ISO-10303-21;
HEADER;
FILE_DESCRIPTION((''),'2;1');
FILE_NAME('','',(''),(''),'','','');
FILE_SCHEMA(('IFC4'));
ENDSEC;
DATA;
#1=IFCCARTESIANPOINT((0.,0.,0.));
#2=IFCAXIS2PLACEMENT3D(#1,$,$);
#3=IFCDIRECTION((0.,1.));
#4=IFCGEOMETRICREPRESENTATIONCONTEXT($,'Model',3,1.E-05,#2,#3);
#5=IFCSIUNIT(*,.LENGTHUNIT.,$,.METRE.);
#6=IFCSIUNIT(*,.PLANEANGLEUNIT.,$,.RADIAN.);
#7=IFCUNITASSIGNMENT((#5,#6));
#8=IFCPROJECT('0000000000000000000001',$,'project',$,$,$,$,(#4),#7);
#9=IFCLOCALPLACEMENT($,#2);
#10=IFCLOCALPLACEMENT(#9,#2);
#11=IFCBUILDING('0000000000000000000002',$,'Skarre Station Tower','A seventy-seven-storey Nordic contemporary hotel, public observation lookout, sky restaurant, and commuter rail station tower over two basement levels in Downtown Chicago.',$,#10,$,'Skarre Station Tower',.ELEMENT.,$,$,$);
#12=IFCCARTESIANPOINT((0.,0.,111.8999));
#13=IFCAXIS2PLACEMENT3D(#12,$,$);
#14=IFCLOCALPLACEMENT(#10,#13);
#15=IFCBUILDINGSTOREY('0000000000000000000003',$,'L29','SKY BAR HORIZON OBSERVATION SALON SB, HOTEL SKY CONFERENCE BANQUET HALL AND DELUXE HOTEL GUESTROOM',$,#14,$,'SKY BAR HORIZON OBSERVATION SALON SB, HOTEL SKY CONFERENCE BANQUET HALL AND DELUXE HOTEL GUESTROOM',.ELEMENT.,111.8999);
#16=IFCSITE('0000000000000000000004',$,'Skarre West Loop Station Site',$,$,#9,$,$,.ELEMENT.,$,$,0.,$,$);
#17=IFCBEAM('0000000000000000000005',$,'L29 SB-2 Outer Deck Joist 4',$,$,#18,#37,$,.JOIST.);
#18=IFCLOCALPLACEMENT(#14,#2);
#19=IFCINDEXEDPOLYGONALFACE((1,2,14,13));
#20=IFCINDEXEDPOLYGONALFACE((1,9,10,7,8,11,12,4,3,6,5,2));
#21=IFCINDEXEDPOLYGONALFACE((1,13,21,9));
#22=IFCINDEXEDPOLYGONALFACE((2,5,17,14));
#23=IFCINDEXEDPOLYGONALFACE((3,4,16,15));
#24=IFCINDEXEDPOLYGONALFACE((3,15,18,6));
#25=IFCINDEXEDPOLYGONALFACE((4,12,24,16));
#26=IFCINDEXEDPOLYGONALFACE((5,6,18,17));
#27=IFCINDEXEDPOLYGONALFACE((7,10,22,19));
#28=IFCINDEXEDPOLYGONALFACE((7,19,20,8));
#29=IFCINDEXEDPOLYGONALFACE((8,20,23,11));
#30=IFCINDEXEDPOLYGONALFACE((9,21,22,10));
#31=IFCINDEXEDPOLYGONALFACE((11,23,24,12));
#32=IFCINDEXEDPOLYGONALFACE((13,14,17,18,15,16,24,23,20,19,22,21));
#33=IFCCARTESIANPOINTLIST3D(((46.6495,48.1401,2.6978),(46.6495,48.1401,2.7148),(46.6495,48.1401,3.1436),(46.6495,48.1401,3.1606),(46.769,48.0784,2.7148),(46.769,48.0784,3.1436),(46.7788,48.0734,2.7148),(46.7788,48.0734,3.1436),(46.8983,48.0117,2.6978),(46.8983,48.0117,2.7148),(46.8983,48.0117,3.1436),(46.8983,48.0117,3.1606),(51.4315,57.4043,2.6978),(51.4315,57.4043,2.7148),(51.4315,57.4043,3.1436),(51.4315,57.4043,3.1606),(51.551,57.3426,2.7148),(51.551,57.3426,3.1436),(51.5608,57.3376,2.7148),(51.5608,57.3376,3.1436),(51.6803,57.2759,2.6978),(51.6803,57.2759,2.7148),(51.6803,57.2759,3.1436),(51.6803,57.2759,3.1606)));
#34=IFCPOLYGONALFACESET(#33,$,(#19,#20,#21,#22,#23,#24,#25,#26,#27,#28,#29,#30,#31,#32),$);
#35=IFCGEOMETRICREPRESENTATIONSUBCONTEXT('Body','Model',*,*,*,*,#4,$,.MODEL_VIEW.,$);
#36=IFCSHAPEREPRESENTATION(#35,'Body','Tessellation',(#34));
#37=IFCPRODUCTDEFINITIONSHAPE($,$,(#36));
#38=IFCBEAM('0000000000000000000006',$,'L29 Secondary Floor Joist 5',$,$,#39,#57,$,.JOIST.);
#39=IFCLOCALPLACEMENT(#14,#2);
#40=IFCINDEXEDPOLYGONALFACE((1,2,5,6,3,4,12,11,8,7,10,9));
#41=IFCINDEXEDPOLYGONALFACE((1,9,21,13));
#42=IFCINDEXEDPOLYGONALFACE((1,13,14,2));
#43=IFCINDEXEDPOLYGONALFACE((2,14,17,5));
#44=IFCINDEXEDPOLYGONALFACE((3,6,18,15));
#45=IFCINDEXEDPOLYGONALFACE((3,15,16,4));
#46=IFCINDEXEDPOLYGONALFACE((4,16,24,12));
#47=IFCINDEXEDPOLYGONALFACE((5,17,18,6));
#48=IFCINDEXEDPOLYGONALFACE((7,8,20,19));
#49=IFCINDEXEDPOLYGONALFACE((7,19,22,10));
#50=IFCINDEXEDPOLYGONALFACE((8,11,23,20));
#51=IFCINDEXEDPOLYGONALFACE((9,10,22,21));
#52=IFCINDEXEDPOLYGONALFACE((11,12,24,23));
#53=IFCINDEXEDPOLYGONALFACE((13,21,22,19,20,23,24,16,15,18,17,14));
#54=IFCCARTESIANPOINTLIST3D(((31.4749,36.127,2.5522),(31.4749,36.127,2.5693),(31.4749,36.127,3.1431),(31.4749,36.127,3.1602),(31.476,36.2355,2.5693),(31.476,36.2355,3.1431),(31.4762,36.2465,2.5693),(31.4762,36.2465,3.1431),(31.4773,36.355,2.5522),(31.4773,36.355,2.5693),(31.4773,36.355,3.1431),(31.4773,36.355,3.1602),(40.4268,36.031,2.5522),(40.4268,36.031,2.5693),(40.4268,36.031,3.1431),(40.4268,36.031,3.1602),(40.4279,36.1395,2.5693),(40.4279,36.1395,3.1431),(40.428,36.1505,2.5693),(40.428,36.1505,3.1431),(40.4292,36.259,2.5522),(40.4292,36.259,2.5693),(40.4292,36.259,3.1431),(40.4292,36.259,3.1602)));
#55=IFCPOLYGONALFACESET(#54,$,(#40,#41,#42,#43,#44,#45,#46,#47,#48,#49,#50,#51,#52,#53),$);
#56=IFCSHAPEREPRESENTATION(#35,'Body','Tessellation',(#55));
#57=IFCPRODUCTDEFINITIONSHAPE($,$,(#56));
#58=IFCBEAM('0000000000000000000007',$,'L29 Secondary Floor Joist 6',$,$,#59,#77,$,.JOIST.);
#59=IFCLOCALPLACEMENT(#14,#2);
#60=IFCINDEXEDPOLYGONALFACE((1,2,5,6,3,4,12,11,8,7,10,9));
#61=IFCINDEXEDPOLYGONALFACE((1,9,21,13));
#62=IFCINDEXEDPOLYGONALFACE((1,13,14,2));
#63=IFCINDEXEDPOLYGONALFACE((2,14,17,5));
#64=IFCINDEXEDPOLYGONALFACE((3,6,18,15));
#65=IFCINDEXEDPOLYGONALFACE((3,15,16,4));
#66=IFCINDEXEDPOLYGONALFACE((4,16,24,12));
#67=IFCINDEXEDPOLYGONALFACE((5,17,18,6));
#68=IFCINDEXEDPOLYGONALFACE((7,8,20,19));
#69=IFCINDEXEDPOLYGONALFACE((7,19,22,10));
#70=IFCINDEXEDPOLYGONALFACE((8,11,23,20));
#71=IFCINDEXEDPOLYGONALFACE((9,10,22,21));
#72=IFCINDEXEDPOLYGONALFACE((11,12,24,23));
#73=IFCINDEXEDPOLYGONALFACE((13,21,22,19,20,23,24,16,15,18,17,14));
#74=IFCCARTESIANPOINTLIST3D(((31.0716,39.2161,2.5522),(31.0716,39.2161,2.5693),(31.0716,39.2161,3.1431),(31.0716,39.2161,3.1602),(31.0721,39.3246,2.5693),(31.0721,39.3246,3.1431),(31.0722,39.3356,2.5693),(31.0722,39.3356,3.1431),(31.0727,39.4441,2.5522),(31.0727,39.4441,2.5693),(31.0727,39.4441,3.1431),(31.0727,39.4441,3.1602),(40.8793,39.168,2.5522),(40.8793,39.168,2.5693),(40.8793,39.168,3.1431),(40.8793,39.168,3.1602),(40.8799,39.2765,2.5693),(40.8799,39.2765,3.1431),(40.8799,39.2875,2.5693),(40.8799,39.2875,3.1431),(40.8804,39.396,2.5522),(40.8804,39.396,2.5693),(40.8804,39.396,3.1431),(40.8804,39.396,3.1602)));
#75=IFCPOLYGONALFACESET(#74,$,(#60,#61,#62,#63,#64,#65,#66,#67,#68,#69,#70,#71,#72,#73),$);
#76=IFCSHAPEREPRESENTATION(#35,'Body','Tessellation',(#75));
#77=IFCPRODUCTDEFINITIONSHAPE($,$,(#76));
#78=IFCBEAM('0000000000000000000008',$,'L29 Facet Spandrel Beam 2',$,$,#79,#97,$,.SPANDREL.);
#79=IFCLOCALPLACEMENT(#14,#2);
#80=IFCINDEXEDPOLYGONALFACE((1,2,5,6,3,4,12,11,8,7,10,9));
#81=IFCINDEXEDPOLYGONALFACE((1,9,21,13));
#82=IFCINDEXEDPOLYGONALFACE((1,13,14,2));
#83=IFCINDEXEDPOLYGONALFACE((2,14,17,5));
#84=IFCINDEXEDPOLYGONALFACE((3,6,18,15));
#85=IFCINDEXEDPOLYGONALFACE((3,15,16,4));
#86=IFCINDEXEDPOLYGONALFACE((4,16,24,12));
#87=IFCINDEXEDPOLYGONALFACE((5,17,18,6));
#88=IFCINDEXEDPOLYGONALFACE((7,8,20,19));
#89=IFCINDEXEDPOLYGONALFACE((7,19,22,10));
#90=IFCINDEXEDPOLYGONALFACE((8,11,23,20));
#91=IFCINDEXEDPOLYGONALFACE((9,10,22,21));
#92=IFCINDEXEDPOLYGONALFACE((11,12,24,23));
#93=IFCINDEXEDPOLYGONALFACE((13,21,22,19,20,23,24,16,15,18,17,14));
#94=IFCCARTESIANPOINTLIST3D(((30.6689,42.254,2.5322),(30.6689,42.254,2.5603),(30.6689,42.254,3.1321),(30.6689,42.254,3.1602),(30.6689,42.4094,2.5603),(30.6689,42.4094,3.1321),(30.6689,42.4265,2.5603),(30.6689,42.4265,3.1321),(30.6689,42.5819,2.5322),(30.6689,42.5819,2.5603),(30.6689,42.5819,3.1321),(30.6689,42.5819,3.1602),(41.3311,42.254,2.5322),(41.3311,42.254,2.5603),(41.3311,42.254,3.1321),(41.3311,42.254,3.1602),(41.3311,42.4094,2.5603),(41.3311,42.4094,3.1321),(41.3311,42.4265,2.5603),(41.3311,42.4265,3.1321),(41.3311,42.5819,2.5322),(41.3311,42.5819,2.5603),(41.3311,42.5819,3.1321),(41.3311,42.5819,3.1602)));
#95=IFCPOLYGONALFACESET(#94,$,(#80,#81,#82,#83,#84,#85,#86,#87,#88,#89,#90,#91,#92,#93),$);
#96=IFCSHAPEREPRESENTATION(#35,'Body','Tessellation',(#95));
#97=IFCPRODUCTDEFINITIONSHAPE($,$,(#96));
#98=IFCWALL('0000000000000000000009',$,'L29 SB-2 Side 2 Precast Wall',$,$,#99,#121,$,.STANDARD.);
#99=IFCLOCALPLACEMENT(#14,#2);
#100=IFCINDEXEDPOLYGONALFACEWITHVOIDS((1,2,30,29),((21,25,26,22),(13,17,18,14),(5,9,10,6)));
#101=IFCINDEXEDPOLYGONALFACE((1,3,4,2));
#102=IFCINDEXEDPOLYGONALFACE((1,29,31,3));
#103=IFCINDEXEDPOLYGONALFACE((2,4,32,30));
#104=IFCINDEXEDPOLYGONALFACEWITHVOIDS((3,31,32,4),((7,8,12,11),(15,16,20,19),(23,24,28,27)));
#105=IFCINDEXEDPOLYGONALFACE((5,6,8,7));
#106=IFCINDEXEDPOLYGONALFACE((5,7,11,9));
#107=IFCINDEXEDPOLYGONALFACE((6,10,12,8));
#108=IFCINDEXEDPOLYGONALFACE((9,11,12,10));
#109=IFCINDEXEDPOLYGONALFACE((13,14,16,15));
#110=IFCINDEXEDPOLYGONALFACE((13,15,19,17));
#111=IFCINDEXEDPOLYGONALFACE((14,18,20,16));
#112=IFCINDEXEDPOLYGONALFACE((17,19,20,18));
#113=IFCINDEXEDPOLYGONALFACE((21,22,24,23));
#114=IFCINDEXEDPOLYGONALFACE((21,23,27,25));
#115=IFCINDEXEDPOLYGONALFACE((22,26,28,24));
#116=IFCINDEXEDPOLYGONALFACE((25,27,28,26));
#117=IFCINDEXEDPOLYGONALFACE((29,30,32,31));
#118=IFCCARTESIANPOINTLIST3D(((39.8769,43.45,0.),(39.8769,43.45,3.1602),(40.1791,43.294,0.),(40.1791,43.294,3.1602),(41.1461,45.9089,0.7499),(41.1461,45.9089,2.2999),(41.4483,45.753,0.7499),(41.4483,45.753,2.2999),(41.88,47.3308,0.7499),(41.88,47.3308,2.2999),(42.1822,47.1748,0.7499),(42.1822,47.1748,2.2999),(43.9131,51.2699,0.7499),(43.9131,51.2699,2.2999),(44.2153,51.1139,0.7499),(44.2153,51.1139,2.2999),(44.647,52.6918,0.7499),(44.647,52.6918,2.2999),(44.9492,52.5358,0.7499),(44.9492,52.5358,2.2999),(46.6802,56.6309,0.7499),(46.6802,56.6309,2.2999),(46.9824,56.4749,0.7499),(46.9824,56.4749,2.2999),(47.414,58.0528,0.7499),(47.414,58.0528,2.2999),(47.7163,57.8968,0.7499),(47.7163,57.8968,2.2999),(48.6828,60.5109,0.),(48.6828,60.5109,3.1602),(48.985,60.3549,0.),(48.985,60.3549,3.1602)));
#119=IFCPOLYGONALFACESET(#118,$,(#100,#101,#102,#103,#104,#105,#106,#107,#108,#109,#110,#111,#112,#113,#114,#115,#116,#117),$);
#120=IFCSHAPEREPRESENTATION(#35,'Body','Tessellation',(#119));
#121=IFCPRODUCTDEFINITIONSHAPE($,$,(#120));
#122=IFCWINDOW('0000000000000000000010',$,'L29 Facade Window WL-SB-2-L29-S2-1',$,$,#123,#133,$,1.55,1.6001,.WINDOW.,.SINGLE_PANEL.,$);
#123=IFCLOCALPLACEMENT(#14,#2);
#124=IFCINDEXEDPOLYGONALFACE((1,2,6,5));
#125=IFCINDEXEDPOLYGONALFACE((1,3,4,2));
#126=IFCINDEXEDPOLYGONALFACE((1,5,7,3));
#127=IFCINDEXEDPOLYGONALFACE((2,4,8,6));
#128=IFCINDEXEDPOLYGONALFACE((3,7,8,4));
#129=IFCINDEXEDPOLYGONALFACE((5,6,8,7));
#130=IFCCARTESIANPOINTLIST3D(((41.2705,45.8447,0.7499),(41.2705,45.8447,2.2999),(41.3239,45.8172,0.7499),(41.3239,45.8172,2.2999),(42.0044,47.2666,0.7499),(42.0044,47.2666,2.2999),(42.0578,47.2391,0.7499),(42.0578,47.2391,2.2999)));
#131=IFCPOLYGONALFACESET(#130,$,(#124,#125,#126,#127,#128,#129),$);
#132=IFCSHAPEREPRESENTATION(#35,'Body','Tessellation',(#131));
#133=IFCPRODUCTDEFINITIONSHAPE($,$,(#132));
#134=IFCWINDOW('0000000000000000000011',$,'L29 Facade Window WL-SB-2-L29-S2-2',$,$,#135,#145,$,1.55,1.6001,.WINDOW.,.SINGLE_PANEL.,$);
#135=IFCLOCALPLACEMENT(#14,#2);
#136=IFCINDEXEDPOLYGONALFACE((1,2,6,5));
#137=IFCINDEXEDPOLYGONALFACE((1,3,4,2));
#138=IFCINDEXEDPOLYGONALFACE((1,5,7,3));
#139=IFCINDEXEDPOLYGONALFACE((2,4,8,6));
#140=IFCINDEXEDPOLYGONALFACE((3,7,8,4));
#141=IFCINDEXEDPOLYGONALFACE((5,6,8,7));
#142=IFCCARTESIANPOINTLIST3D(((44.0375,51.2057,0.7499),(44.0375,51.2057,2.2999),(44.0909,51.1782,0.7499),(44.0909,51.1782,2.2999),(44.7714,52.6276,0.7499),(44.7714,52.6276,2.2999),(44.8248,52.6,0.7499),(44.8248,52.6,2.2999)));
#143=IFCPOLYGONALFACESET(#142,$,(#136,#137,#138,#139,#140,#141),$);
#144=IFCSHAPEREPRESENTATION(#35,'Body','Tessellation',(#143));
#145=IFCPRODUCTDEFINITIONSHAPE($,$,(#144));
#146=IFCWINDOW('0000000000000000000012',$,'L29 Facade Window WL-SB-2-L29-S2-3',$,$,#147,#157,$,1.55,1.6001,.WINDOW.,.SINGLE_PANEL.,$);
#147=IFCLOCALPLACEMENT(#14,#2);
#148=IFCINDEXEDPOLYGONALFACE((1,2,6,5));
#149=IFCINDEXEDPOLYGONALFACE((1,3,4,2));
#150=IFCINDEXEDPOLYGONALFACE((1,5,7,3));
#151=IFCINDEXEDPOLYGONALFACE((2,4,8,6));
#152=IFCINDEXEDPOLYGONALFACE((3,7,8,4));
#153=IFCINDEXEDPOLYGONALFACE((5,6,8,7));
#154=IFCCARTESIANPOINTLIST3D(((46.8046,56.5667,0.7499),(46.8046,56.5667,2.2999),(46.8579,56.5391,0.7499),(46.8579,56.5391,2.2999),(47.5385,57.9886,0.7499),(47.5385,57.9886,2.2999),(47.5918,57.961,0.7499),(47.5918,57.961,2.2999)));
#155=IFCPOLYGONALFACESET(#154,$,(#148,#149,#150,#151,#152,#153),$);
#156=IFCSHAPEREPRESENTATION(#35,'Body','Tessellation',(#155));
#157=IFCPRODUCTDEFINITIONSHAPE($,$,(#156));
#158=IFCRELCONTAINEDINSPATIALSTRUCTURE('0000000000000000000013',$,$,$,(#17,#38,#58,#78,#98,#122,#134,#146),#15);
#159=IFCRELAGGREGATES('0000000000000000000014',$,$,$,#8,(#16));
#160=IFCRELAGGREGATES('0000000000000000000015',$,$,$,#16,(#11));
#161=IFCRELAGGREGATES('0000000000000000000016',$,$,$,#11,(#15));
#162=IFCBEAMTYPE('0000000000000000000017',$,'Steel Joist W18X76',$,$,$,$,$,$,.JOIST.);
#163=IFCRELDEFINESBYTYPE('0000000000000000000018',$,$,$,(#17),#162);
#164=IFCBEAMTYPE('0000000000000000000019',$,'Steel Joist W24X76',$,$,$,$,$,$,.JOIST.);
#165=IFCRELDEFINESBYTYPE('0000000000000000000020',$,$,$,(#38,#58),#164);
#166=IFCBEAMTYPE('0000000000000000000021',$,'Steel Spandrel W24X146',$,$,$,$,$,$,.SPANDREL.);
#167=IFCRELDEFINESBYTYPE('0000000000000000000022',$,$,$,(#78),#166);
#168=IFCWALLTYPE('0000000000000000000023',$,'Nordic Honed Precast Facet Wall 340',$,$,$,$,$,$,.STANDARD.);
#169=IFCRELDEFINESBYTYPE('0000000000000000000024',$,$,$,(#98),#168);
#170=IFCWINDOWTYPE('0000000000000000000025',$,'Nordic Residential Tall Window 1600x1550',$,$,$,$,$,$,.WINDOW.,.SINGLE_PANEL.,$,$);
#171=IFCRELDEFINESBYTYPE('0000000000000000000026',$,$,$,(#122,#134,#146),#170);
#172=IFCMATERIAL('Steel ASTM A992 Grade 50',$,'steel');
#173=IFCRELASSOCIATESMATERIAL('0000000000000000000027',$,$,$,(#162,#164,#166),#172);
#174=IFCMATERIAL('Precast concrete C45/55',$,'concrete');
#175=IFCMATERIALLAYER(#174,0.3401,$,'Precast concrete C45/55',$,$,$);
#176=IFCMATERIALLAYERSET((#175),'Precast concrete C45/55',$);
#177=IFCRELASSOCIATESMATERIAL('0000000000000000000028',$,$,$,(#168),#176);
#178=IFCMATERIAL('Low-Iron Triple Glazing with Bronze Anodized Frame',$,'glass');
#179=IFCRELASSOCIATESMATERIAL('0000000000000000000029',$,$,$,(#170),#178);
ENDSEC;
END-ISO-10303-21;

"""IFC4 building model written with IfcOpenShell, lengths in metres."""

from ifc_helpers import new_model, si_unit, direction, frame, frame_2d, origin, origin_2d, place, context, subcontext, project, spatial, rectangle, i_section, extrude, material, layer, layer_set, material_profile, profile_set, type_object, element, fill, save


model = new_model("IFC4")

# Units and contexts
model_context = context("Model", 3, precision=1e-05, world=origin(), true_north=direction((0.0, 1.0)))
body_context = subcontext(model_context, "Body", "Model", "MODEL_VIEW")
ifc_project = project(units=[si_unit("LENGTHUNIT", "METRE"), si_unit("PLANEANGLEUNIT", "RADIAN")], contexts=[model_context])

# Site, building, storey
site_placement = place(None, origin())
site = spatial("IfcSite", under=ifc_project, at=site_placement, Name="Skarre West Loop Station Site", CompositionType="ELEMENT", RefElevation=0.0)
building_placement = place(site_placement, origin())
building = spatial("IfcBuilding", under=site, at=building_placement, Name="Skarre Station Tower", Description="A seventy-seven-storey Nordic contemporary hotel, public observation lookout, sky restaurant, and commuter rail station tower over two basement levels in Downtown Chicago.", LongName="Skarre Station Tower", CompositionType="ELEMENT")
storey_placement = place(building_placement, frame((0.0, 0.0, 111.8999)))
storey = spatial("IfcBuildingStorey", under=building, at=storey_placement, Name="L29", Description="SKY BAR HORIZON OBSERVATION SALON SB, HOTEL SKY CONFERENCE BANQUET HALL AND DELUXE HOTEL GUESTROOM", LongName="SKY BAR HORIZON OBSERVATION SALON SB, HOTEL SKY CONFERENCE BANQUET HALL AND DELUXE HOTEL GUESTROOM", CompositionType="ELEMENT", Elevation=111.8999)

# Beams
ifc_material_1 = material(Name="Steel ASTM A992 Grade 50", Category="steel")
ifc_material_profile_1 = material_profile(ifc_material_1, i_section(OverallWidth=0.28, OverallDepth=0.4629, WebThickness=0.011, FlangeThickness=0.0171, at=origin_2d()), Name="Steel ASTM A992 Grade 50")
ifc_profile_set_1 = profile_set([ifc_material_profile_1], Name="Steel ASTM A992 Grade 50")
beam_type_1 = type_object("IfcBeamType", Name="Steel Joist W18X76", PredefinedType="JOIST", material=ifc_profile_set_1)
beam_1_placement = place(storey_placement, frame((46.7739, 48.0759, 2.9292), z_axis=(0.458679, 0.888602, 0.0), x_axis=(-0.888602, 0.458679, 0.0)))
element("IfcBeam", 1, at=beam_1_placement, inside=storey, type_object=beam_type_1, Name="L29 SB-2 Outer Deck Joist 4", PredefinedType="JOIST", context=body_context, shape_type="SweptSolid", body=[
    extrude(i_section(OverallWidth=0.28, OverallDepth=0.4629, WebThickness=0.011, FlangeThickness=0.0171, at=origin_2d()), origin(), (0.0, 0.0, 1.0), 10.4255),
])
ifc_material_profile_2 = material_profile(ifc_material_1, i_section(OverallWidth=0.228, OverallDepth=0.6079, WebThickness=0.011, FlangeThickness=0.0171, at=origin_2d()), Name="Steel ASTM A992 Grade 50")
ifc_profile_set_2 = profile_set([ifc_material_profile_2], Name="Steel ASTM A992 Grade 50")
beam_type_2 = type_object("IfcBeamType", Name="Steel Joist W24X76", PredefinedType="JOIST", material=ifc_profile_set_2)
beam_2_placement = place(storey_placement, frame((40.428, 36.145, 2.8562), z_axis=(-0.999943, 0.010717, 0.0), x_axis=(-0.010717, -0.999943, 0.0)))
element("IfcBeam", 2, at=beam_2_placement, inside=storey, type_object=beam_type_2, Name="L29 Secondary Floor Joist 5", PredefinedType="JOIST", context=body_context, shape_type="SweptSolid", body=[
    extrude(i_section(OverallWidth=0.228, OverallDepth=0.6079, WebThickness=0.011, FlangeThickness=0.0171, at=origin_2d()), origin(), (0.0, 0.0, 1.0), 8.9524),
])
beam_3_placement = place(storey_placement, frame((40.8799, 39.282, 2.8562), z_axis=(-0.999988, 0.004904, 0.0), x_axis=(-0.004904, -0.999988, 0.0)))
element("IfcBeam", 3, at=beam_3_placement, inside=storey, type_object=beam_type_2, Name="L29 Secondary Floor Joist 6", PredefinedType="JOIST", context=body_context, shape_type="SweptSolid", body=[
    extrude(i_section(OverallWidth=0.228, OverallDepth=0.6079, WebThickness=0.011, FlangeThickness=0.0171, at=origin_2d()), origin(), (0.0, 0.0, 1.0), 9.8079),
])
ifc_material_profile_3 = material_profile(ifc_material_1, i_section(OverallWidth=0.3279, OverallDepth=0.6279, WebThickness=0.0171, FlangeThickness=0.0281, at=origin_2d()), Name="Steel ASTM A992 Grade 50")
ifc_profile_set_3 = profile_set([ifc_material_profile_3], Name="Steel ASTM A992 Grade 50")
beam_type_3 = type_object("IfcBeamType", Name="Steel Spandrel W24X146", PredefinedType="SPANDREL", material=ifc_profile_set_3)
beam_4_placement = place(storey_placement, frame((41.3311, 42.418, 2.8462), z_axis=(-1.0, 0.0, 0.0), x_axis=(0.0, -1.0, 0.0)))
element("IfcBeam", 4, at=beam_4_placement, inside=storey, type_object=beam_type_3, Name="L29 Facet Spandrel Beam 2", PredefinedType="SPANDREL", context=body_context, shape_type="SweptSolid", body=[
    extrude(i_section(OverallWidth=0.3279, OverallDepth=0.6279, WebThickness=0.0171, FlangeThickness=0.0281, at=origin_2d()), origin(), (0.0, 0.0, 1.0), 10.6621),
])

# Wall, openings, windows
ifc_material_2 = material(Name="Precast concrete C45/55", Category="concrete")
ifc_layer = layer(ifc_material_2, 0.3401, Name="Precast concrete C45/55")
ifc_layer_set = layer_set([ifc_layer], Name="Precast concrete C45/55")
wall_type = type_object("IfcWallType", Name="Nordic Honed Precast Facet Wall 340", PredefinedType="STANDARD", material=ifc_layer_set)
wall_placement = place(storey_placement, frame((40.0281, 43.3721, 0.0), z_axis=(0.0, 0.0, 1.0), x_axis=(0.458652, 0.888616, 0.0)))
wall = element("IfcWall", 5, at=wall_placement, inside=storey, type_object=wall_type, Name="L29 SB-2 Side 2 Precast Wall", PredefinedType="STANDARD", context=body_context, shape_type="SweptSolid", body=[
    extrude(rectangle(XDim=19.1995, YDim=0.3401, at=frame_2d((9.5996, 0.0))), origin(), (0.0, 0.0, 1.0), 3.1602),
])
opening_1_placement = place(wall_placement, frame((2.7671, 0.0, 0.75)))
opening_1 = element("IfcOpeningElement", 6, at=opening_1_placement, cuts=wall, PredefinedType="OPENING", context=body_context, shape_type="SweptSolid", body=[
    extrude(rectangle(XDim=1.6001, YDim=1.55, at=frame_2d((0.8, 0.7749))), frame((0.0, 0.1799, 0.0), z_axis=(0.0, -1.0, 0.0), x_axis=(1.0, 0.0, 0.0)), (0.0, 0.0, 1.0), 0.3601),
])
opening_2_placement = place(wall_placement, frame((8.8, 0.0, 0.75)))
opening_2 = element("IfcOpeningElement", 7, at=opening_2_placement, cuts=wall, PredefinedType="OPENING", context=body_context, shape_type="SweptSolid", body=[
    extrude(rectangle(XDim=1.6001, YDim=1.55, at=frame_2d((0.8, 0.7749))), frame((0.0, 0.1799, 0.0), z_axis=(0.0, -1.0, 0.0), x_axis=(1.0, 0.0, 0.0)), (0.0, 0.0, 1.0), 0.3601),
])
opening_3_placement = place(wall_placement, frame((14.833, 0.0, 0.75)))
opening_3 = element("IfcOpeningElement", 8, at=opening_3_placement, cuts=wall, PredefinedType="OPENING", context=body_context, shape_type="SweptSolid", body=[
    extrude(rectangle(XDim=1.6001, YDim=1.55, at=frame_2d((0.8, 0.7749))), frame((0.0, 0.1799, 0.0), z_axis=(0.0, -1.0, 0.0), x_axis=(1.0, 0.0, 0.0)), (0.0, 0.0, 1.0), 0.3601),
])
ifc_material_3 = material(Name="Low-Iron Triple Glazing with Bronze Anodized Frame", Category="glass")
window_type = type_object("IfcWindowType", Name="Nordic Residential Tall Window 1600x1550", PartitioningType="SINGLE_PANEL", PredefinedType="WINDOW", material=ifc_material_3)
window_1_placement = place(opening_1_placement, origin())
window_1 = element("IfcWindow", 9, at=window_1_placement, inside=storey, type_object=window_type, Name="L29 Facade Window WL-SB-2-L29-S2-1", OverallHeight=1.55, OverallWidth=1.6001, PartitioningType="SINGLE_PANEL", PredefinedType="WINDOW", context=body_context, shape_type="SweptSolid", body=[
    extrude(rectangle(XDim=1.6001, YDim=1.55, at=frame_2d((0.8, 0.7749))), frame((0.0, 0.03, 0.0), z_axis=(0.0, -1.0, 0.0), x_axis=(1.0, 0.0, 0.0)), (0.0, 0.0, 1.0), 0.0601),
])
fill(opening_1, window_1)
window_2_placement = place(opening_2_placement, origin())
window_2 = element("IfcWindow", 10, at=window_2_placement, inside=storey, type_object=window_type, Name="L29 Facade Window WL-SB-2-L29-S2-2", OverallHeight=1.55, OverallWidth=1.6001, PartitioningType="SINGLE_PANEL", PredefinedType="WINDOW", context=body_context, shape_type="SweptSolid", body=[
    extrude(rectangle(XDim=1.6001, YDim=1.55, at=frame_2d((0.8, 0.7749))), frame((0.0, 0.03, 0.0), z_axis=(0.0, -1.0, 0.0), x_axis=(1.0, 0.0, 0.0)), (0.0, 0.0, 1.0), 0.0601),
])
fill(opening_2, window_2)
window_3_placement = place(opening_3_placement, origin())
window_3 = element("IfcWindow", 11, at=window_3_placement, inside=storey, type_object=window_type, Name="L29 Facade Window WL-SB-2-L29-S2-3", OverallHeight=1.55, OverallWidth=1.6001, PartitioningType="SINGLE_PANEL", PredefinedType="WINDOW", context=body_context, shape_type="SweptSolid", body=[
    extrude(rectangle(XDim=1.6001, YDim=1.55, at=frame_2d((0.8, 0.7749))), frame((0.0, 0.03, 0.0), z_axis=(0.0, -1.0, 0.0), x_axis=(1.0, 0.0, 0.0)), (0.0, 0.0, 1.0), 0.0601),
])
fill(opening_3, window_3)

save(model, "model.ifc")
